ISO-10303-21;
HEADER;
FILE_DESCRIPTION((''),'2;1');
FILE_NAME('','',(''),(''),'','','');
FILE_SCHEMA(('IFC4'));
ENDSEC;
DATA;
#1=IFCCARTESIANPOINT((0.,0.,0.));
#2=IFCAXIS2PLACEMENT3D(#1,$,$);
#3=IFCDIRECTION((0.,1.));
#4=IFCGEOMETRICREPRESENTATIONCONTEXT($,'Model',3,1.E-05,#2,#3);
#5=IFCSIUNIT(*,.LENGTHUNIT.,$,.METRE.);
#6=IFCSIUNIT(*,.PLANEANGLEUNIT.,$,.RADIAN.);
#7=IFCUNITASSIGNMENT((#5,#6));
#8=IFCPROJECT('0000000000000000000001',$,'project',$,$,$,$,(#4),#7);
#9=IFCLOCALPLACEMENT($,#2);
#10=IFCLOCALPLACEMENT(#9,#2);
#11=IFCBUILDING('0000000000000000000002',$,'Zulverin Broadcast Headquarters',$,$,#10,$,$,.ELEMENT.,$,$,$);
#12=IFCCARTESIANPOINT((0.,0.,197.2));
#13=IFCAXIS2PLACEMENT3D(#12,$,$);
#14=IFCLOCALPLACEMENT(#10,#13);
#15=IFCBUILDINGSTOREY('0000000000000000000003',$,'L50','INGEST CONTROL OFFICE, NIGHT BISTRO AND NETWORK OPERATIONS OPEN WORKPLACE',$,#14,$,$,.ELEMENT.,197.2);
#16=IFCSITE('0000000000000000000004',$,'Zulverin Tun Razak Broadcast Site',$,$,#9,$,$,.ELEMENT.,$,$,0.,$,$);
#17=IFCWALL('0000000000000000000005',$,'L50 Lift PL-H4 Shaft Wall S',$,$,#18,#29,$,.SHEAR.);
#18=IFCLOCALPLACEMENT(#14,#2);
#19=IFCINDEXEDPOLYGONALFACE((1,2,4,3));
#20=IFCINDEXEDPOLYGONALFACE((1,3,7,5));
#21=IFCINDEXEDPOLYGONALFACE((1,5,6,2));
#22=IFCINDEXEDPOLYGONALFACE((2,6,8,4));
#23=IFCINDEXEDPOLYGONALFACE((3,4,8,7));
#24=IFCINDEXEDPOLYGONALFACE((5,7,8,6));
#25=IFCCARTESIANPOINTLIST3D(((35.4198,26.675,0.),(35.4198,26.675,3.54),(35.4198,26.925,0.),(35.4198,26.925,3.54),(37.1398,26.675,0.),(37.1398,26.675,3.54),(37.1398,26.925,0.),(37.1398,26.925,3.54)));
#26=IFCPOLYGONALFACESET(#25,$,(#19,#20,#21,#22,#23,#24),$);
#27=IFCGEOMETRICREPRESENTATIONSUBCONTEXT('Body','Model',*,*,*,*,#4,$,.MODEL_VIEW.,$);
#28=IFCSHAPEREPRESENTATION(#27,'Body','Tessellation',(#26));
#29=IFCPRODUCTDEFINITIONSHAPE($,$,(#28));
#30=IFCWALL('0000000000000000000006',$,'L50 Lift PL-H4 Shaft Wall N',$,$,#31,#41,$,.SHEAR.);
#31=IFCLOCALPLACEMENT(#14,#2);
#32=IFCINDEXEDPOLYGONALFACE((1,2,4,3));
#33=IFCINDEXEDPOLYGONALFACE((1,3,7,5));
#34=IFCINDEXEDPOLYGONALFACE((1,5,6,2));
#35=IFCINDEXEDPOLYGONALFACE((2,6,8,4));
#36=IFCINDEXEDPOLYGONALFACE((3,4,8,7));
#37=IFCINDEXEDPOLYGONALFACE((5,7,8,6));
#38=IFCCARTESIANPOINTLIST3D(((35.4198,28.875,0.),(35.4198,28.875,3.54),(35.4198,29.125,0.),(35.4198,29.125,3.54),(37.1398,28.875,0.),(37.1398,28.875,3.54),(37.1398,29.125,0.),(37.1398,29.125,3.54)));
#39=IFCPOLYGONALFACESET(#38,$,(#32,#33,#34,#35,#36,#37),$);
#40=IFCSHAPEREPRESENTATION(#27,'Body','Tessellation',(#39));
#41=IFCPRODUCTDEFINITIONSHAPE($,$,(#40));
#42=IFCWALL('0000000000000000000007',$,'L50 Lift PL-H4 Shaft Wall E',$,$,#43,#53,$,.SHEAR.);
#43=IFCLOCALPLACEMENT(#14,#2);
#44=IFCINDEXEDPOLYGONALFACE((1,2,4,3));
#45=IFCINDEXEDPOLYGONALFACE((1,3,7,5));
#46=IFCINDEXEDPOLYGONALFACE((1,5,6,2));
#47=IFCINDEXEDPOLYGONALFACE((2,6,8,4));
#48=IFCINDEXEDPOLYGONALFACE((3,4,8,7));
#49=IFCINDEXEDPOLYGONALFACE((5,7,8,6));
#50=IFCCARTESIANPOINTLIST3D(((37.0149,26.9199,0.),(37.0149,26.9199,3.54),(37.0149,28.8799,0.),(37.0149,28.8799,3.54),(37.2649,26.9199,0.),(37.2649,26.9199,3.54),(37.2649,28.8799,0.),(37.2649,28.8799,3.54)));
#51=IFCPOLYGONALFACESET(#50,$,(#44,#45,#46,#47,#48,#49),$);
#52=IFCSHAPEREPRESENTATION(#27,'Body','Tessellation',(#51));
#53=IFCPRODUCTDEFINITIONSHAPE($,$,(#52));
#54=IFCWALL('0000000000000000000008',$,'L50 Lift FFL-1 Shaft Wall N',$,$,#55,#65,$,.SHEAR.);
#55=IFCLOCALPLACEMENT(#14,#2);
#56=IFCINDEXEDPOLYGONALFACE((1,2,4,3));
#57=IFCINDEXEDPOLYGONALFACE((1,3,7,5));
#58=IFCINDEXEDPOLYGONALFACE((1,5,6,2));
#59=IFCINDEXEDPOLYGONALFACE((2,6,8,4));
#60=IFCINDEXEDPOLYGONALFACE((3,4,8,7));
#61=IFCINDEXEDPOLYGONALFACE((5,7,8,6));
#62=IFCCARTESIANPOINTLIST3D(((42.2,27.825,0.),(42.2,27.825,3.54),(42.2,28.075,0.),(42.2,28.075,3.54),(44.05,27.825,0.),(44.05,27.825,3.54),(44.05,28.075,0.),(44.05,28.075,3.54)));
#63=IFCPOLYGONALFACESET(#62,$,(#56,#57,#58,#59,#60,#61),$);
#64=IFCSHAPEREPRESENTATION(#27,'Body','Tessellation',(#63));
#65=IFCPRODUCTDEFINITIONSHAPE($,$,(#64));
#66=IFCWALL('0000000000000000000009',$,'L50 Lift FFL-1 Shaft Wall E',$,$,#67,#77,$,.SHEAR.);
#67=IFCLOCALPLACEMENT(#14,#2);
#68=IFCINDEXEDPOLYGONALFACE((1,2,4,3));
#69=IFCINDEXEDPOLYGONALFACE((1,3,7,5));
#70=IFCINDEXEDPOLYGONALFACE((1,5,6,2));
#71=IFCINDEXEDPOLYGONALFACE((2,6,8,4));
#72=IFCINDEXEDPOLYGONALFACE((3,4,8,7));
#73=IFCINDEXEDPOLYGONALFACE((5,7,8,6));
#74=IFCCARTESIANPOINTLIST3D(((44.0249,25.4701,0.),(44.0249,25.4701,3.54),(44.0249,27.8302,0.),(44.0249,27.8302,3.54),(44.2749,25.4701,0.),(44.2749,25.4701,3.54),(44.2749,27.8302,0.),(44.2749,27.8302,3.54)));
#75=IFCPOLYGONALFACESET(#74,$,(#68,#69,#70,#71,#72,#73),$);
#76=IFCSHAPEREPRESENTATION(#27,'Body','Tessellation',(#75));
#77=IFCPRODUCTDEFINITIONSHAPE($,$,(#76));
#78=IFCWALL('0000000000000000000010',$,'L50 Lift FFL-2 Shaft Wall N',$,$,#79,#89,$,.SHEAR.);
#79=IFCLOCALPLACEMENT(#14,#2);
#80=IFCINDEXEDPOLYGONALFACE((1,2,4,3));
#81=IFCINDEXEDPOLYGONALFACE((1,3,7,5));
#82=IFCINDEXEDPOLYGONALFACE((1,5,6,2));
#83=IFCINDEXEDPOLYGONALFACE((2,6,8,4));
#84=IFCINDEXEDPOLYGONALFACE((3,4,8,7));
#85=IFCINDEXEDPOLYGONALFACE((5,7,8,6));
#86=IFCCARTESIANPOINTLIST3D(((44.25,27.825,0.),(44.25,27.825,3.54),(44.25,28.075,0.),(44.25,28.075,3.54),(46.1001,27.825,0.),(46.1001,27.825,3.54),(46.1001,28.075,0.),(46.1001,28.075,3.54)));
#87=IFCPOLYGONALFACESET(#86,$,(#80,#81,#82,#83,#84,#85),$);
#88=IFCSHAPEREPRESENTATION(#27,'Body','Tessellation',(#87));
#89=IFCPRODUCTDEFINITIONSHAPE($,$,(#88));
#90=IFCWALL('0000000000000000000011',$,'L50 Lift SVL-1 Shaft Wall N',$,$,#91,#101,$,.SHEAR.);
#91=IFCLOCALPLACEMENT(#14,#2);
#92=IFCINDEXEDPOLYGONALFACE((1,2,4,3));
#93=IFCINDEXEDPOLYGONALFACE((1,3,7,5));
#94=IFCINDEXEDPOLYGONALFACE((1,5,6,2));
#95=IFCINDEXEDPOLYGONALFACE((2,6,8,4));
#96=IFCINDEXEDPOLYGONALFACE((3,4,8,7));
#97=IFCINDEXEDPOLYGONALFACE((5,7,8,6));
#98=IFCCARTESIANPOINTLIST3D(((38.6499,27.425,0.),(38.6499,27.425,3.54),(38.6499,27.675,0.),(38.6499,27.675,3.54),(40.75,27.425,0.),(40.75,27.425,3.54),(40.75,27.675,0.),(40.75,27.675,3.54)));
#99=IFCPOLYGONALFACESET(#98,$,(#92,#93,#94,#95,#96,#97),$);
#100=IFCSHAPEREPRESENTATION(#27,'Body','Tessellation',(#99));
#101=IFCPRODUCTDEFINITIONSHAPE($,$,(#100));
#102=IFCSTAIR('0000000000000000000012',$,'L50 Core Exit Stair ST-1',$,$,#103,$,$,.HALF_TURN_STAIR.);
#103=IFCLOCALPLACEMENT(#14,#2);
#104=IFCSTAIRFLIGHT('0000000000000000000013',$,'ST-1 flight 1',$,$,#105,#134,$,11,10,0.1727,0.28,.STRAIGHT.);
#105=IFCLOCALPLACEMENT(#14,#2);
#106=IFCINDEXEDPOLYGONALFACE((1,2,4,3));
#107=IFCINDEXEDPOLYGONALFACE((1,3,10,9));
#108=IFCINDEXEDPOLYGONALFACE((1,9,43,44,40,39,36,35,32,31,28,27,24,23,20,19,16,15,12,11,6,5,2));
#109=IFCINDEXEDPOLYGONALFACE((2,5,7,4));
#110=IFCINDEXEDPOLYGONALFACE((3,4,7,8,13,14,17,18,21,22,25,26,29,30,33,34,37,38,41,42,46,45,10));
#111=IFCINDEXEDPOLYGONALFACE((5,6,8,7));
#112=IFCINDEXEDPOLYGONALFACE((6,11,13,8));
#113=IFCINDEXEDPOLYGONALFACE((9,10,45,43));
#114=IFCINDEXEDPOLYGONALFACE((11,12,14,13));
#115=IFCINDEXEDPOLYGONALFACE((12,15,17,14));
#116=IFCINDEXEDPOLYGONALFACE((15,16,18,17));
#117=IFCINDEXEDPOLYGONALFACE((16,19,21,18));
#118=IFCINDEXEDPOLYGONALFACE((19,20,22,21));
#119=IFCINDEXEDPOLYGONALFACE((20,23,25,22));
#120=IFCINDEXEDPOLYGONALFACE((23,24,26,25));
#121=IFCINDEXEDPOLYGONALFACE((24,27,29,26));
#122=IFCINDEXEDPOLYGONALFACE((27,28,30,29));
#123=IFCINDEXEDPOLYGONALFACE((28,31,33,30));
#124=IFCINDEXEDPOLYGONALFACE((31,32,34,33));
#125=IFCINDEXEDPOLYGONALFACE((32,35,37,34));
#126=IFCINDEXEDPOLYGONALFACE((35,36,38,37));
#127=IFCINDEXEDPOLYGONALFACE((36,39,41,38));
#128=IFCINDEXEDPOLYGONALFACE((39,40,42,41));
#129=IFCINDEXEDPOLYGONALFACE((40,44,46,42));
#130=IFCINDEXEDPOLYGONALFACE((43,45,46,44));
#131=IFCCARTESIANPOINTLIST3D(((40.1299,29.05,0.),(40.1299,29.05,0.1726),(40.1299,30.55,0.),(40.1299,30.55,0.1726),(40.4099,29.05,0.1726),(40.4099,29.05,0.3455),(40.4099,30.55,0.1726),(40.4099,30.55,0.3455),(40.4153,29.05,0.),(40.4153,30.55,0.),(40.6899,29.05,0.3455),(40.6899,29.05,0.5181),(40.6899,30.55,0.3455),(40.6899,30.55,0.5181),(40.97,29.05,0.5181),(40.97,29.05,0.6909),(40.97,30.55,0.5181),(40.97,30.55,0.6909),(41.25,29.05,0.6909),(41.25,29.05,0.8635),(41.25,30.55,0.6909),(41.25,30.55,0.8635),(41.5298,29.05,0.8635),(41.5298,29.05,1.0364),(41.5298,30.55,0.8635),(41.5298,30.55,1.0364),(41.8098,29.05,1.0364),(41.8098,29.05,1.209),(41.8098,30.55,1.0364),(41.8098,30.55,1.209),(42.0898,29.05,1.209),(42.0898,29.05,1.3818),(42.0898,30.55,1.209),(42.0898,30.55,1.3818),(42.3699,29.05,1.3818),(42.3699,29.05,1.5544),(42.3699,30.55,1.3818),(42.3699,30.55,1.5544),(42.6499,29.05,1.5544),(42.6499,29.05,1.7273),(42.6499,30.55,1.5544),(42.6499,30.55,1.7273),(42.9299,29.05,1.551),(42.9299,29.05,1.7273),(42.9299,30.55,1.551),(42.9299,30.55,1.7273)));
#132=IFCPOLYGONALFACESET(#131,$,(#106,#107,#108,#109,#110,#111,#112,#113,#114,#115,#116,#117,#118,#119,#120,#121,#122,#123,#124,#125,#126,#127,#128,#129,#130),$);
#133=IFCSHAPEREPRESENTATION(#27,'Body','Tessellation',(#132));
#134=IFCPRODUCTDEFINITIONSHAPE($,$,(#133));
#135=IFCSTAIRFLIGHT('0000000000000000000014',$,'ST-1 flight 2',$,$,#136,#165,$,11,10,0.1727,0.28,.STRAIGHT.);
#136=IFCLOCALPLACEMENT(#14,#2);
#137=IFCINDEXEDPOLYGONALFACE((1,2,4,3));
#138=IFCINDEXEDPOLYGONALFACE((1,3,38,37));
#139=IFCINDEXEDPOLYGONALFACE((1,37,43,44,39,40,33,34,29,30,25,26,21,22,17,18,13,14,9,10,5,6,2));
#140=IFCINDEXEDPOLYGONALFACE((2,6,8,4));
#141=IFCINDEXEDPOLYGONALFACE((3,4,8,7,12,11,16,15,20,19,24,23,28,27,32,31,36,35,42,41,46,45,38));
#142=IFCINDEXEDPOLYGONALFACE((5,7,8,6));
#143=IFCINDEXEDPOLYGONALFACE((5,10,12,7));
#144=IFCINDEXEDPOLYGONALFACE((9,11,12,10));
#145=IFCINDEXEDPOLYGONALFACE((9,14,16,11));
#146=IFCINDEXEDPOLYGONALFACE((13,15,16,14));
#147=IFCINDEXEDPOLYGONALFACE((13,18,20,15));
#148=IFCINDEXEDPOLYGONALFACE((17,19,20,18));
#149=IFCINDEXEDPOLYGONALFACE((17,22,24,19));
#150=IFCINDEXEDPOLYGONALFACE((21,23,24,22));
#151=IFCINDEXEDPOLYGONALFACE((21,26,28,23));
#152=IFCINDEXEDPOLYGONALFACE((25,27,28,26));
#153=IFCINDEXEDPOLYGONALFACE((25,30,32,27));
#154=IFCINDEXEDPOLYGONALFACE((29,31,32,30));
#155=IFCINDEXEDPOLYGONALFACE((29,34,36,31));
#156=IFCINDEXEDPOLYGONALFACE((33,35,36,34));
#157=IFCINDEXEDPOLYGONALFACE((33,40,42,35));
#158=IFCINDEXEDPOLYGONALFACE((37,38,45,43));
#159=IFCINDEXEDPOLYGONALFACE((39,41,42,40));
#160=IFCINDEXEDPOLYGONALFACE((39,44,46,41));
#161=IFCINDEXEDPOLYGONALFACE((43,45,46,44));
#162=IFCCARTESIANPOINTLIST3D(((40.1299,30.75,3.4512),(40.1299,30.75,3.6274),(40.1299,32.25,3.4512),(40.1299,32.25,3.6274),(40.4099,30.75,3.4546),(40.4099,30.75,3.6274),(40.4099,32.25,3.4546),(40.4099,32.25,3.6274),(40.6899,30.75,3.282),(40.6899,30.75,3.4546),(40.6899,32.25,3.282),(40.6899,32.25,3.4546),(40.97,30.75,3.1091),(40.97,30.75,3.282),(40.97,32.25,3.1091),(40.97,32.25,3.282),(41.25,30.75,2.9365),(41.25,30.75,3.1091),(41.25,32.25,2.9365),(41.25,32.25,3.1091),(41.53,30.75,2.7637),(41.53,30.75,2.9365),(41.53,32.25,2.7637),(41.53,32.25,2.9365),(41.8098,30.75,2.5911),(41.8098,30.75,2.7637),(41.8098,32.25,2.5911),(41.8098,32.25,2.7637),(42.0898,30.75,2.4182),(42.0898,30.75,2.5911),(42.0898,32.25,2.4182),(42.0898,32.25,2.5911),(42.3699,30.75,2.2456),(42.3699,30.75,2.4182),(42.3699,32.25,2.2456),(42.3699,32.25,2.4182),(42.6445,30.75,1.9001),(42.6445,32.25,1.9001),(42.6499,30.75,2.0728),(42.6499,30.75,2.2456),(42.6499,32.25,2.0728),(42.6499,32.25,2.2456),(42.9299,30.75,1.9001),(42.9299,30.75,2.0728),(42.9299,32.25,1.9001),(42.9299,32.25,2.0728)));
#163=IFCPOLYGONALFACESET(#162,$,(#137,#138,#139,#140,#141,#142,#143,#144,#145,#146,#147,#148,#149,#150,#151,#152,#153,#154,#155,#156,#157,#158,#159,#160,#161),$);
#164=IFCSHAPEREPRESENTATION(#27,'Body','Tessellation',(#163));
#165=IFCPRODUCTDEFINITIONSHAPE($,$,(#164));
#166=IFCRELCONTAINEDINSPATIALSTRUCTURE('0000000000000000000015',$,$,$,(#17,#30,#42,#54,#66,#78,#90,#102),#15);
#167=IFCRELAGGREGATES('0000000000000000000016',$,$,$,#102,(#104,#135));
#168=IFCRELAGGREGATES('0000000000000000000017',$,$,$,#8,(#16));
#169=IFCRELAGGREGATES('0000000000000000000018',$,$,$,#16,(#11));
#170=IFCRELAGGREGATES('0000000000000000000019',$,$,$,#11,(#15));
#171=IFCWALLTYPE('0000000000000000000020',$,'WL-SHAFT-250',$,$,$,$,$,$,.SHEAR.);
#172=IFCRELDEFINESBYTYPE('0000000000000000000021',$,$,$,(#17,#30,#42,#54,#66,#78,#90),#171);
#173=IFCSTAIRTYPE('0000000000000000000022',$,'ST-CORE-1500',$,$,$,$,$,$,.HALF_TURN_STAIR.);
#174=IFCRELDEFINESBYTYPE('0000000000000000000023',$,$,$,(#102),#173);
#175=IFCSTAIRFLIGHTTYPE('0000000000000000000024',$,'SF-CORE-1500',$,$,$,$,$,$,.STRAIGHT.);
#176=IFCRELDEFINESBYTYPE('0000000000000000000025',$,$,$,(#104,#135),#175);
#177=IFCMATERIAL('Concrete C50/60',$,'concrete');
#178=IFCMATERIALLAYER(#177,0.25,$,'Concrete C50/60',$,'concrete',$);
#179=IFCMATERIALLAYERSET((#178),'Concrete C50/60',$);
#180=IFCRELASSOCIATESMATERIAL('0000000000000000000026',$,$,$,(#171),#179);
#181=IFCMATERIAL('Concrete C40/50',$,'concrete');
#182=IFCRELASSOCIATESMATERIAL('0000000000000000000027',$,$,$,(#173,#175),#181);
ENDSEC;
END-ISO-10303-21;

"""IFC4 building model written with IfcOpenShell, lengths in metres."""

from ifc_helpers import new_model, si_unit, direction, frame, frame_2d, origin, place, context, subcontext, project, spatial, polyline, rectangle, outline, extrude, material, layer, layer_set, type_object, element, aggregate, save


model = new_model("IFC4")

# Units and contexts
model_context = context("Model", 3, precision=1e-05, world=origin(), true_north=direction((0.0, 1.0)))
body_context = subcontext(model_context, "Body", "Model", "MODEL_VIEW")
ifc_project = project(units=[si_unit("LENGTHUNIT", "METRE"), si_unit("PLANEANGLEUNIT", "RADIAN")], contexts=[model_context])

# Site, building, storey
site_placement = place(None, origin())
site = spatial("IfcSite", under=ifc_project, at=site_placement, Name="Zulverin Tun Razak Broadcast Site", CompositionType="ELEMENT", RefElevation=0.0)
building_placement = place(site_placement, origin())
building = spatial("IfcBuilding", under=site, at=building_placement, Name="Zulverin Broadcast Headquarters", CompositionType="ELEMENT")
storey_placement = place(building_placement, frame((0.0, 0.0, 197.2)))
storey = spatial("IfcBuildingStorey", under=building, at=storey_placement, Name="L50", Description="INGEST CONTROL OFFICE, NIGHT BISTRO AND NETWORK OPERATIONS OPEN WORKPLACE", CompositionType="ELEMENT", Elevation=197.2)

# Shared definitions
ifc_material_1 = material(Name="Concrete C50/60", Category="concrete")

# Shared definitions
ifc_material_2 = material(Name="Concrete C40/50", Category="concrete")

# Shared definitions
ifc_layer_1 = layer(ifc_material_1, 0.25, Name="Concrete C50/60", Category="concrete")
ifc_layer_set_1 = layer_set([ifc_layer_1], Name="Concrete C50/60")
wall_type_1 = type_object("IfcWallType", Name="WL-SHAFT-250", PredefinedType="SHEAR", material=ifc_layer_set_1)

# Walls
for number, where, z_axis, x_axis, name in (
    (1, (35.4199, 26.8, 0.0), (0.0, 0.0, 1.0), (1.0, 0.0, 0.0), "L50 Lift PL-H4 Shaft Wall S"),
    (2, (35.4199, 29.0, 0.0), (0.0, 0.0, 1.0), (1.0, 0.0, 0.0), "L50 Lift PL-H4 Shaft Wall N"),
):
    element("IfcWall", number, at=place(storey_placement, frame(where, z_axis=z_axis, x_axis=x_axis)), inside=storey, type_object=wall_type_1, Name=name, PredefinedType="SHEAR", context=body_context, shape_type="SweptSolid", body=[
        extrude(rectangle(XDim=1.72, YDim=0.25, at=frame_2d((0.8599, 0.0))), origin(), (0.0, 0.0, 1.0), 3.54),
    ])
wall_1_placement = place(storey_placement, frame((37.1399, 26.9199, 0.0), z_axis=(0.0, 0.0, 1.0), x_axis=(0.0, 1.0, 0.0)))
element("IfcWall", 3, at=wall_1_placement, inside=storey, type_object=wall_type_1, Name="L50 Lift PL-H4 Shaft Wall E", PredefinedType="SHEAR", context=body_context, shape_type="SweptSolid", body=[
    extrude(rectangle(XDim=1.96, YDim=0.25, at=frame_2d((0.98, 0.0))), origin(), (0.0, 0.0, 1.0), 3.54),
])
wall_2_placement = place(storey_placement, frame((42.2, 27.95, 0.0), z_axis=(0.0, 0.0, 1.0), x_axis=(1.0, 0.0, 0.0)))
element("IfcWall", 4, at=wall_2_placement, inside=storey, type_object=wall_type_1, Name="L50 Lift FFL-1 Shaft Wall N", PredefinedType="SHEAR", context=body_context, shape_type="SweptSolid", body=[
    extrude(rectangle(XDim=1.8501, YDim=0.25, at=frame_2d((0.925, 0.0))), origin(), (0.0, 0.0, 1.0), 3.54),
])
wall_3_placement = place(storey_placement, frame((44.1499, 25.47, 0.0), z_axis=(0.0, 0.0, 1.0), x_axis=(0.0, 1.0, 0.0)))
element("IfcWall", 5, at=wall_3_placement, inside=storey, type_object=wall_type_1, Name="L50 Lift FFL-1 Shaft Wall E", PredefinedType="SHEAR", context=body_context, shape_type="SweptSolid", body=[
    extrude(rectangle(XDim=2.3601, YDim=0.25, at=frame_2d((1.1802, 0.0))), origin(), (0.0, 0.0, 1.0), 3.54),
])
wall_4_placement = place(storey_placement, frame((44.25, 27.95, 0.0), z_axis=(0.0, 0.0, 1.0), x_axis=(1.0, 0.0, 0.0)))
element("IfcWall", 6, at=wall_4_placement, inside=storey, type_object=wall_type_1, Name="L50 Lift FFL-2 Shaft Wall N", PredefinedType="SHEAR", context=body_context, shape_type="SweptSolid", body=[
    extrude(rectangle(XDim=1.8501, YDim=0.25, at=frame_2d((0.925, 0.0))), origin(), (0.0, 0.0, 1.0), 3.54),
])
wall_5_placement = place(storey_placement, frame((38.6499, 27.55, 0.0), z_axis=(0.0, 0.0, 1.0), x_axis=(1.0, 0.0, 0.0)))
element("IfcWall", 7, at=wall_5_placement, inside=storey, type_object=wall_type_1, Name="L50 Lift SVL-1 Shaft Wall N", PredefinedType="SHEAR", context=body_context, shape_type="SweptSolid", body=[
    extrude(rectangle(XDim=2.1001, YDim=0.25, at=frame_2d((1.05, 0.0))), origin(), (0.0, 0.0, 1.0), 3.54),
])

# Stair, stair flights
stair_type = type_object("IfcStairType", Name="ST-CORE-1500", PredefinedType="HALF_TURN_STAIR", material=ifc_material_2)
stair_placement = place(storey_placement, origin())
stair = element("IfcStair", 8, at=stair_placement, inside=storey, type_object=stair_type, Name="L50 Core Exit Stair ST-1", PredefinedType="HALF_TURN_STAIR")
stair_flight_type = type_object("IfcStairFlightType", Name="SF-CORE-1500", PredefinedType="STRAIGHT", material=ifc_material_2)
stair_flight_1_placement = place(storey_placement, frame((40.1299, 29.8, 0.0), z_axis=(0.0, 0.0, 1.0), x_axis=(1.0, 0.0, 0.0)))
stair_flight_1 = element("IfcStairFlight", 9, at=stair_flight_1_placement, type_object=stair_flight_type, Name="ST-1 flight 1", NumberOfRisers=11, NumberOfTreads=10, PredefinedType="STRAIGHT", RiserHeight=0.1727, TreadLength=0.28, context=body_context, shape_type="SweptSolid", body=[
    extrude(outline(polyline([(0.0, 0.0), (0.0, 0.1726), (0.28, 0.1726), (0.28, 0.3455), (0.5601, 0.3455), (0.5601, 0.5181), (0.8401, 0.5181), (0.8401, 0.6909), (1.1201, 0.6909), (1.1201, 0.8635), (1.3999, 0.8635), (1.3999, 1.0364), (1.6799, 1.0364), (1.6799, 1.209), (1.96, 1.209), (1.96, 1.3818), (2.24, 1.3818), (2.24, 1.5544), (2.52, 1.5544), (2.52, 1.7273), (2.8, 1.7273), (2.8, 1.8999), (2.8, 1.551), (0.2854, 0.0), (0.0, 0.0)])), frame((0.0, 0.75, 0.0), z_axis=(0.0, -1.0, 0.0), x_axis=(1.0, 0.0, 0.0)), (0.0, 0.0, 1.0), 1.5),
])
stair_flight_2_placement = place(storey_placement, frame((42.9299, 31.5, 1.9001), z_axis=(0.0, 0.0, 1.0), x_axis=(-1.0, 0.0, 0.0)))
stair_flight_2 = element("IfcStairFlight", 10, at=stair_flight_2_placement, type_object=stair_flight_type, Name="ST-1 flight 2", NumberOfRisers=11, NumberOfTreads=10, PredefinedType="STRAIGHT", RiserHeight=0.1727, TreadLength=0.28, context=body_context, shape_type="SweptSolid", body=[
    extrude(outline(polyline([(0.0, 0.0), (0.0, 0.1726), (0.28, 0.1726), (0.28, 0.3455), (0.5601, 0.3455), (0.5601, 0.5181), (0.8401, 0.5181), (0.8401, 0.6909), (1.1201, 0.6909), (1.1201, 0.8635), (1.3999, 0.8635), (1.3999, 1.0364), (1.6799, 1.0364), (1.6799, 1.209), (1.96, 1.209), (1.96, 1.3818), (2.24, 1.3818), (2.24, 1.5544), (2.52, 1.5544), (2.52, 1.7273), (2.8, 1.7273), (2.8, 1.8999), (2.8, 1.551), (0.2854, 0.0), (0.0, 0.0)])), frame((0.0, 0.75, 0.0), z_axis=(0.0, -1.0, 0.0), x_axis=(1.0, 0.0, 0.0)), (0.0, 0.0, 1.0), 1.5),
])
aggregate(stair, [stair_flight_1, stair_flight_2])

save(model, "model.ifc")
